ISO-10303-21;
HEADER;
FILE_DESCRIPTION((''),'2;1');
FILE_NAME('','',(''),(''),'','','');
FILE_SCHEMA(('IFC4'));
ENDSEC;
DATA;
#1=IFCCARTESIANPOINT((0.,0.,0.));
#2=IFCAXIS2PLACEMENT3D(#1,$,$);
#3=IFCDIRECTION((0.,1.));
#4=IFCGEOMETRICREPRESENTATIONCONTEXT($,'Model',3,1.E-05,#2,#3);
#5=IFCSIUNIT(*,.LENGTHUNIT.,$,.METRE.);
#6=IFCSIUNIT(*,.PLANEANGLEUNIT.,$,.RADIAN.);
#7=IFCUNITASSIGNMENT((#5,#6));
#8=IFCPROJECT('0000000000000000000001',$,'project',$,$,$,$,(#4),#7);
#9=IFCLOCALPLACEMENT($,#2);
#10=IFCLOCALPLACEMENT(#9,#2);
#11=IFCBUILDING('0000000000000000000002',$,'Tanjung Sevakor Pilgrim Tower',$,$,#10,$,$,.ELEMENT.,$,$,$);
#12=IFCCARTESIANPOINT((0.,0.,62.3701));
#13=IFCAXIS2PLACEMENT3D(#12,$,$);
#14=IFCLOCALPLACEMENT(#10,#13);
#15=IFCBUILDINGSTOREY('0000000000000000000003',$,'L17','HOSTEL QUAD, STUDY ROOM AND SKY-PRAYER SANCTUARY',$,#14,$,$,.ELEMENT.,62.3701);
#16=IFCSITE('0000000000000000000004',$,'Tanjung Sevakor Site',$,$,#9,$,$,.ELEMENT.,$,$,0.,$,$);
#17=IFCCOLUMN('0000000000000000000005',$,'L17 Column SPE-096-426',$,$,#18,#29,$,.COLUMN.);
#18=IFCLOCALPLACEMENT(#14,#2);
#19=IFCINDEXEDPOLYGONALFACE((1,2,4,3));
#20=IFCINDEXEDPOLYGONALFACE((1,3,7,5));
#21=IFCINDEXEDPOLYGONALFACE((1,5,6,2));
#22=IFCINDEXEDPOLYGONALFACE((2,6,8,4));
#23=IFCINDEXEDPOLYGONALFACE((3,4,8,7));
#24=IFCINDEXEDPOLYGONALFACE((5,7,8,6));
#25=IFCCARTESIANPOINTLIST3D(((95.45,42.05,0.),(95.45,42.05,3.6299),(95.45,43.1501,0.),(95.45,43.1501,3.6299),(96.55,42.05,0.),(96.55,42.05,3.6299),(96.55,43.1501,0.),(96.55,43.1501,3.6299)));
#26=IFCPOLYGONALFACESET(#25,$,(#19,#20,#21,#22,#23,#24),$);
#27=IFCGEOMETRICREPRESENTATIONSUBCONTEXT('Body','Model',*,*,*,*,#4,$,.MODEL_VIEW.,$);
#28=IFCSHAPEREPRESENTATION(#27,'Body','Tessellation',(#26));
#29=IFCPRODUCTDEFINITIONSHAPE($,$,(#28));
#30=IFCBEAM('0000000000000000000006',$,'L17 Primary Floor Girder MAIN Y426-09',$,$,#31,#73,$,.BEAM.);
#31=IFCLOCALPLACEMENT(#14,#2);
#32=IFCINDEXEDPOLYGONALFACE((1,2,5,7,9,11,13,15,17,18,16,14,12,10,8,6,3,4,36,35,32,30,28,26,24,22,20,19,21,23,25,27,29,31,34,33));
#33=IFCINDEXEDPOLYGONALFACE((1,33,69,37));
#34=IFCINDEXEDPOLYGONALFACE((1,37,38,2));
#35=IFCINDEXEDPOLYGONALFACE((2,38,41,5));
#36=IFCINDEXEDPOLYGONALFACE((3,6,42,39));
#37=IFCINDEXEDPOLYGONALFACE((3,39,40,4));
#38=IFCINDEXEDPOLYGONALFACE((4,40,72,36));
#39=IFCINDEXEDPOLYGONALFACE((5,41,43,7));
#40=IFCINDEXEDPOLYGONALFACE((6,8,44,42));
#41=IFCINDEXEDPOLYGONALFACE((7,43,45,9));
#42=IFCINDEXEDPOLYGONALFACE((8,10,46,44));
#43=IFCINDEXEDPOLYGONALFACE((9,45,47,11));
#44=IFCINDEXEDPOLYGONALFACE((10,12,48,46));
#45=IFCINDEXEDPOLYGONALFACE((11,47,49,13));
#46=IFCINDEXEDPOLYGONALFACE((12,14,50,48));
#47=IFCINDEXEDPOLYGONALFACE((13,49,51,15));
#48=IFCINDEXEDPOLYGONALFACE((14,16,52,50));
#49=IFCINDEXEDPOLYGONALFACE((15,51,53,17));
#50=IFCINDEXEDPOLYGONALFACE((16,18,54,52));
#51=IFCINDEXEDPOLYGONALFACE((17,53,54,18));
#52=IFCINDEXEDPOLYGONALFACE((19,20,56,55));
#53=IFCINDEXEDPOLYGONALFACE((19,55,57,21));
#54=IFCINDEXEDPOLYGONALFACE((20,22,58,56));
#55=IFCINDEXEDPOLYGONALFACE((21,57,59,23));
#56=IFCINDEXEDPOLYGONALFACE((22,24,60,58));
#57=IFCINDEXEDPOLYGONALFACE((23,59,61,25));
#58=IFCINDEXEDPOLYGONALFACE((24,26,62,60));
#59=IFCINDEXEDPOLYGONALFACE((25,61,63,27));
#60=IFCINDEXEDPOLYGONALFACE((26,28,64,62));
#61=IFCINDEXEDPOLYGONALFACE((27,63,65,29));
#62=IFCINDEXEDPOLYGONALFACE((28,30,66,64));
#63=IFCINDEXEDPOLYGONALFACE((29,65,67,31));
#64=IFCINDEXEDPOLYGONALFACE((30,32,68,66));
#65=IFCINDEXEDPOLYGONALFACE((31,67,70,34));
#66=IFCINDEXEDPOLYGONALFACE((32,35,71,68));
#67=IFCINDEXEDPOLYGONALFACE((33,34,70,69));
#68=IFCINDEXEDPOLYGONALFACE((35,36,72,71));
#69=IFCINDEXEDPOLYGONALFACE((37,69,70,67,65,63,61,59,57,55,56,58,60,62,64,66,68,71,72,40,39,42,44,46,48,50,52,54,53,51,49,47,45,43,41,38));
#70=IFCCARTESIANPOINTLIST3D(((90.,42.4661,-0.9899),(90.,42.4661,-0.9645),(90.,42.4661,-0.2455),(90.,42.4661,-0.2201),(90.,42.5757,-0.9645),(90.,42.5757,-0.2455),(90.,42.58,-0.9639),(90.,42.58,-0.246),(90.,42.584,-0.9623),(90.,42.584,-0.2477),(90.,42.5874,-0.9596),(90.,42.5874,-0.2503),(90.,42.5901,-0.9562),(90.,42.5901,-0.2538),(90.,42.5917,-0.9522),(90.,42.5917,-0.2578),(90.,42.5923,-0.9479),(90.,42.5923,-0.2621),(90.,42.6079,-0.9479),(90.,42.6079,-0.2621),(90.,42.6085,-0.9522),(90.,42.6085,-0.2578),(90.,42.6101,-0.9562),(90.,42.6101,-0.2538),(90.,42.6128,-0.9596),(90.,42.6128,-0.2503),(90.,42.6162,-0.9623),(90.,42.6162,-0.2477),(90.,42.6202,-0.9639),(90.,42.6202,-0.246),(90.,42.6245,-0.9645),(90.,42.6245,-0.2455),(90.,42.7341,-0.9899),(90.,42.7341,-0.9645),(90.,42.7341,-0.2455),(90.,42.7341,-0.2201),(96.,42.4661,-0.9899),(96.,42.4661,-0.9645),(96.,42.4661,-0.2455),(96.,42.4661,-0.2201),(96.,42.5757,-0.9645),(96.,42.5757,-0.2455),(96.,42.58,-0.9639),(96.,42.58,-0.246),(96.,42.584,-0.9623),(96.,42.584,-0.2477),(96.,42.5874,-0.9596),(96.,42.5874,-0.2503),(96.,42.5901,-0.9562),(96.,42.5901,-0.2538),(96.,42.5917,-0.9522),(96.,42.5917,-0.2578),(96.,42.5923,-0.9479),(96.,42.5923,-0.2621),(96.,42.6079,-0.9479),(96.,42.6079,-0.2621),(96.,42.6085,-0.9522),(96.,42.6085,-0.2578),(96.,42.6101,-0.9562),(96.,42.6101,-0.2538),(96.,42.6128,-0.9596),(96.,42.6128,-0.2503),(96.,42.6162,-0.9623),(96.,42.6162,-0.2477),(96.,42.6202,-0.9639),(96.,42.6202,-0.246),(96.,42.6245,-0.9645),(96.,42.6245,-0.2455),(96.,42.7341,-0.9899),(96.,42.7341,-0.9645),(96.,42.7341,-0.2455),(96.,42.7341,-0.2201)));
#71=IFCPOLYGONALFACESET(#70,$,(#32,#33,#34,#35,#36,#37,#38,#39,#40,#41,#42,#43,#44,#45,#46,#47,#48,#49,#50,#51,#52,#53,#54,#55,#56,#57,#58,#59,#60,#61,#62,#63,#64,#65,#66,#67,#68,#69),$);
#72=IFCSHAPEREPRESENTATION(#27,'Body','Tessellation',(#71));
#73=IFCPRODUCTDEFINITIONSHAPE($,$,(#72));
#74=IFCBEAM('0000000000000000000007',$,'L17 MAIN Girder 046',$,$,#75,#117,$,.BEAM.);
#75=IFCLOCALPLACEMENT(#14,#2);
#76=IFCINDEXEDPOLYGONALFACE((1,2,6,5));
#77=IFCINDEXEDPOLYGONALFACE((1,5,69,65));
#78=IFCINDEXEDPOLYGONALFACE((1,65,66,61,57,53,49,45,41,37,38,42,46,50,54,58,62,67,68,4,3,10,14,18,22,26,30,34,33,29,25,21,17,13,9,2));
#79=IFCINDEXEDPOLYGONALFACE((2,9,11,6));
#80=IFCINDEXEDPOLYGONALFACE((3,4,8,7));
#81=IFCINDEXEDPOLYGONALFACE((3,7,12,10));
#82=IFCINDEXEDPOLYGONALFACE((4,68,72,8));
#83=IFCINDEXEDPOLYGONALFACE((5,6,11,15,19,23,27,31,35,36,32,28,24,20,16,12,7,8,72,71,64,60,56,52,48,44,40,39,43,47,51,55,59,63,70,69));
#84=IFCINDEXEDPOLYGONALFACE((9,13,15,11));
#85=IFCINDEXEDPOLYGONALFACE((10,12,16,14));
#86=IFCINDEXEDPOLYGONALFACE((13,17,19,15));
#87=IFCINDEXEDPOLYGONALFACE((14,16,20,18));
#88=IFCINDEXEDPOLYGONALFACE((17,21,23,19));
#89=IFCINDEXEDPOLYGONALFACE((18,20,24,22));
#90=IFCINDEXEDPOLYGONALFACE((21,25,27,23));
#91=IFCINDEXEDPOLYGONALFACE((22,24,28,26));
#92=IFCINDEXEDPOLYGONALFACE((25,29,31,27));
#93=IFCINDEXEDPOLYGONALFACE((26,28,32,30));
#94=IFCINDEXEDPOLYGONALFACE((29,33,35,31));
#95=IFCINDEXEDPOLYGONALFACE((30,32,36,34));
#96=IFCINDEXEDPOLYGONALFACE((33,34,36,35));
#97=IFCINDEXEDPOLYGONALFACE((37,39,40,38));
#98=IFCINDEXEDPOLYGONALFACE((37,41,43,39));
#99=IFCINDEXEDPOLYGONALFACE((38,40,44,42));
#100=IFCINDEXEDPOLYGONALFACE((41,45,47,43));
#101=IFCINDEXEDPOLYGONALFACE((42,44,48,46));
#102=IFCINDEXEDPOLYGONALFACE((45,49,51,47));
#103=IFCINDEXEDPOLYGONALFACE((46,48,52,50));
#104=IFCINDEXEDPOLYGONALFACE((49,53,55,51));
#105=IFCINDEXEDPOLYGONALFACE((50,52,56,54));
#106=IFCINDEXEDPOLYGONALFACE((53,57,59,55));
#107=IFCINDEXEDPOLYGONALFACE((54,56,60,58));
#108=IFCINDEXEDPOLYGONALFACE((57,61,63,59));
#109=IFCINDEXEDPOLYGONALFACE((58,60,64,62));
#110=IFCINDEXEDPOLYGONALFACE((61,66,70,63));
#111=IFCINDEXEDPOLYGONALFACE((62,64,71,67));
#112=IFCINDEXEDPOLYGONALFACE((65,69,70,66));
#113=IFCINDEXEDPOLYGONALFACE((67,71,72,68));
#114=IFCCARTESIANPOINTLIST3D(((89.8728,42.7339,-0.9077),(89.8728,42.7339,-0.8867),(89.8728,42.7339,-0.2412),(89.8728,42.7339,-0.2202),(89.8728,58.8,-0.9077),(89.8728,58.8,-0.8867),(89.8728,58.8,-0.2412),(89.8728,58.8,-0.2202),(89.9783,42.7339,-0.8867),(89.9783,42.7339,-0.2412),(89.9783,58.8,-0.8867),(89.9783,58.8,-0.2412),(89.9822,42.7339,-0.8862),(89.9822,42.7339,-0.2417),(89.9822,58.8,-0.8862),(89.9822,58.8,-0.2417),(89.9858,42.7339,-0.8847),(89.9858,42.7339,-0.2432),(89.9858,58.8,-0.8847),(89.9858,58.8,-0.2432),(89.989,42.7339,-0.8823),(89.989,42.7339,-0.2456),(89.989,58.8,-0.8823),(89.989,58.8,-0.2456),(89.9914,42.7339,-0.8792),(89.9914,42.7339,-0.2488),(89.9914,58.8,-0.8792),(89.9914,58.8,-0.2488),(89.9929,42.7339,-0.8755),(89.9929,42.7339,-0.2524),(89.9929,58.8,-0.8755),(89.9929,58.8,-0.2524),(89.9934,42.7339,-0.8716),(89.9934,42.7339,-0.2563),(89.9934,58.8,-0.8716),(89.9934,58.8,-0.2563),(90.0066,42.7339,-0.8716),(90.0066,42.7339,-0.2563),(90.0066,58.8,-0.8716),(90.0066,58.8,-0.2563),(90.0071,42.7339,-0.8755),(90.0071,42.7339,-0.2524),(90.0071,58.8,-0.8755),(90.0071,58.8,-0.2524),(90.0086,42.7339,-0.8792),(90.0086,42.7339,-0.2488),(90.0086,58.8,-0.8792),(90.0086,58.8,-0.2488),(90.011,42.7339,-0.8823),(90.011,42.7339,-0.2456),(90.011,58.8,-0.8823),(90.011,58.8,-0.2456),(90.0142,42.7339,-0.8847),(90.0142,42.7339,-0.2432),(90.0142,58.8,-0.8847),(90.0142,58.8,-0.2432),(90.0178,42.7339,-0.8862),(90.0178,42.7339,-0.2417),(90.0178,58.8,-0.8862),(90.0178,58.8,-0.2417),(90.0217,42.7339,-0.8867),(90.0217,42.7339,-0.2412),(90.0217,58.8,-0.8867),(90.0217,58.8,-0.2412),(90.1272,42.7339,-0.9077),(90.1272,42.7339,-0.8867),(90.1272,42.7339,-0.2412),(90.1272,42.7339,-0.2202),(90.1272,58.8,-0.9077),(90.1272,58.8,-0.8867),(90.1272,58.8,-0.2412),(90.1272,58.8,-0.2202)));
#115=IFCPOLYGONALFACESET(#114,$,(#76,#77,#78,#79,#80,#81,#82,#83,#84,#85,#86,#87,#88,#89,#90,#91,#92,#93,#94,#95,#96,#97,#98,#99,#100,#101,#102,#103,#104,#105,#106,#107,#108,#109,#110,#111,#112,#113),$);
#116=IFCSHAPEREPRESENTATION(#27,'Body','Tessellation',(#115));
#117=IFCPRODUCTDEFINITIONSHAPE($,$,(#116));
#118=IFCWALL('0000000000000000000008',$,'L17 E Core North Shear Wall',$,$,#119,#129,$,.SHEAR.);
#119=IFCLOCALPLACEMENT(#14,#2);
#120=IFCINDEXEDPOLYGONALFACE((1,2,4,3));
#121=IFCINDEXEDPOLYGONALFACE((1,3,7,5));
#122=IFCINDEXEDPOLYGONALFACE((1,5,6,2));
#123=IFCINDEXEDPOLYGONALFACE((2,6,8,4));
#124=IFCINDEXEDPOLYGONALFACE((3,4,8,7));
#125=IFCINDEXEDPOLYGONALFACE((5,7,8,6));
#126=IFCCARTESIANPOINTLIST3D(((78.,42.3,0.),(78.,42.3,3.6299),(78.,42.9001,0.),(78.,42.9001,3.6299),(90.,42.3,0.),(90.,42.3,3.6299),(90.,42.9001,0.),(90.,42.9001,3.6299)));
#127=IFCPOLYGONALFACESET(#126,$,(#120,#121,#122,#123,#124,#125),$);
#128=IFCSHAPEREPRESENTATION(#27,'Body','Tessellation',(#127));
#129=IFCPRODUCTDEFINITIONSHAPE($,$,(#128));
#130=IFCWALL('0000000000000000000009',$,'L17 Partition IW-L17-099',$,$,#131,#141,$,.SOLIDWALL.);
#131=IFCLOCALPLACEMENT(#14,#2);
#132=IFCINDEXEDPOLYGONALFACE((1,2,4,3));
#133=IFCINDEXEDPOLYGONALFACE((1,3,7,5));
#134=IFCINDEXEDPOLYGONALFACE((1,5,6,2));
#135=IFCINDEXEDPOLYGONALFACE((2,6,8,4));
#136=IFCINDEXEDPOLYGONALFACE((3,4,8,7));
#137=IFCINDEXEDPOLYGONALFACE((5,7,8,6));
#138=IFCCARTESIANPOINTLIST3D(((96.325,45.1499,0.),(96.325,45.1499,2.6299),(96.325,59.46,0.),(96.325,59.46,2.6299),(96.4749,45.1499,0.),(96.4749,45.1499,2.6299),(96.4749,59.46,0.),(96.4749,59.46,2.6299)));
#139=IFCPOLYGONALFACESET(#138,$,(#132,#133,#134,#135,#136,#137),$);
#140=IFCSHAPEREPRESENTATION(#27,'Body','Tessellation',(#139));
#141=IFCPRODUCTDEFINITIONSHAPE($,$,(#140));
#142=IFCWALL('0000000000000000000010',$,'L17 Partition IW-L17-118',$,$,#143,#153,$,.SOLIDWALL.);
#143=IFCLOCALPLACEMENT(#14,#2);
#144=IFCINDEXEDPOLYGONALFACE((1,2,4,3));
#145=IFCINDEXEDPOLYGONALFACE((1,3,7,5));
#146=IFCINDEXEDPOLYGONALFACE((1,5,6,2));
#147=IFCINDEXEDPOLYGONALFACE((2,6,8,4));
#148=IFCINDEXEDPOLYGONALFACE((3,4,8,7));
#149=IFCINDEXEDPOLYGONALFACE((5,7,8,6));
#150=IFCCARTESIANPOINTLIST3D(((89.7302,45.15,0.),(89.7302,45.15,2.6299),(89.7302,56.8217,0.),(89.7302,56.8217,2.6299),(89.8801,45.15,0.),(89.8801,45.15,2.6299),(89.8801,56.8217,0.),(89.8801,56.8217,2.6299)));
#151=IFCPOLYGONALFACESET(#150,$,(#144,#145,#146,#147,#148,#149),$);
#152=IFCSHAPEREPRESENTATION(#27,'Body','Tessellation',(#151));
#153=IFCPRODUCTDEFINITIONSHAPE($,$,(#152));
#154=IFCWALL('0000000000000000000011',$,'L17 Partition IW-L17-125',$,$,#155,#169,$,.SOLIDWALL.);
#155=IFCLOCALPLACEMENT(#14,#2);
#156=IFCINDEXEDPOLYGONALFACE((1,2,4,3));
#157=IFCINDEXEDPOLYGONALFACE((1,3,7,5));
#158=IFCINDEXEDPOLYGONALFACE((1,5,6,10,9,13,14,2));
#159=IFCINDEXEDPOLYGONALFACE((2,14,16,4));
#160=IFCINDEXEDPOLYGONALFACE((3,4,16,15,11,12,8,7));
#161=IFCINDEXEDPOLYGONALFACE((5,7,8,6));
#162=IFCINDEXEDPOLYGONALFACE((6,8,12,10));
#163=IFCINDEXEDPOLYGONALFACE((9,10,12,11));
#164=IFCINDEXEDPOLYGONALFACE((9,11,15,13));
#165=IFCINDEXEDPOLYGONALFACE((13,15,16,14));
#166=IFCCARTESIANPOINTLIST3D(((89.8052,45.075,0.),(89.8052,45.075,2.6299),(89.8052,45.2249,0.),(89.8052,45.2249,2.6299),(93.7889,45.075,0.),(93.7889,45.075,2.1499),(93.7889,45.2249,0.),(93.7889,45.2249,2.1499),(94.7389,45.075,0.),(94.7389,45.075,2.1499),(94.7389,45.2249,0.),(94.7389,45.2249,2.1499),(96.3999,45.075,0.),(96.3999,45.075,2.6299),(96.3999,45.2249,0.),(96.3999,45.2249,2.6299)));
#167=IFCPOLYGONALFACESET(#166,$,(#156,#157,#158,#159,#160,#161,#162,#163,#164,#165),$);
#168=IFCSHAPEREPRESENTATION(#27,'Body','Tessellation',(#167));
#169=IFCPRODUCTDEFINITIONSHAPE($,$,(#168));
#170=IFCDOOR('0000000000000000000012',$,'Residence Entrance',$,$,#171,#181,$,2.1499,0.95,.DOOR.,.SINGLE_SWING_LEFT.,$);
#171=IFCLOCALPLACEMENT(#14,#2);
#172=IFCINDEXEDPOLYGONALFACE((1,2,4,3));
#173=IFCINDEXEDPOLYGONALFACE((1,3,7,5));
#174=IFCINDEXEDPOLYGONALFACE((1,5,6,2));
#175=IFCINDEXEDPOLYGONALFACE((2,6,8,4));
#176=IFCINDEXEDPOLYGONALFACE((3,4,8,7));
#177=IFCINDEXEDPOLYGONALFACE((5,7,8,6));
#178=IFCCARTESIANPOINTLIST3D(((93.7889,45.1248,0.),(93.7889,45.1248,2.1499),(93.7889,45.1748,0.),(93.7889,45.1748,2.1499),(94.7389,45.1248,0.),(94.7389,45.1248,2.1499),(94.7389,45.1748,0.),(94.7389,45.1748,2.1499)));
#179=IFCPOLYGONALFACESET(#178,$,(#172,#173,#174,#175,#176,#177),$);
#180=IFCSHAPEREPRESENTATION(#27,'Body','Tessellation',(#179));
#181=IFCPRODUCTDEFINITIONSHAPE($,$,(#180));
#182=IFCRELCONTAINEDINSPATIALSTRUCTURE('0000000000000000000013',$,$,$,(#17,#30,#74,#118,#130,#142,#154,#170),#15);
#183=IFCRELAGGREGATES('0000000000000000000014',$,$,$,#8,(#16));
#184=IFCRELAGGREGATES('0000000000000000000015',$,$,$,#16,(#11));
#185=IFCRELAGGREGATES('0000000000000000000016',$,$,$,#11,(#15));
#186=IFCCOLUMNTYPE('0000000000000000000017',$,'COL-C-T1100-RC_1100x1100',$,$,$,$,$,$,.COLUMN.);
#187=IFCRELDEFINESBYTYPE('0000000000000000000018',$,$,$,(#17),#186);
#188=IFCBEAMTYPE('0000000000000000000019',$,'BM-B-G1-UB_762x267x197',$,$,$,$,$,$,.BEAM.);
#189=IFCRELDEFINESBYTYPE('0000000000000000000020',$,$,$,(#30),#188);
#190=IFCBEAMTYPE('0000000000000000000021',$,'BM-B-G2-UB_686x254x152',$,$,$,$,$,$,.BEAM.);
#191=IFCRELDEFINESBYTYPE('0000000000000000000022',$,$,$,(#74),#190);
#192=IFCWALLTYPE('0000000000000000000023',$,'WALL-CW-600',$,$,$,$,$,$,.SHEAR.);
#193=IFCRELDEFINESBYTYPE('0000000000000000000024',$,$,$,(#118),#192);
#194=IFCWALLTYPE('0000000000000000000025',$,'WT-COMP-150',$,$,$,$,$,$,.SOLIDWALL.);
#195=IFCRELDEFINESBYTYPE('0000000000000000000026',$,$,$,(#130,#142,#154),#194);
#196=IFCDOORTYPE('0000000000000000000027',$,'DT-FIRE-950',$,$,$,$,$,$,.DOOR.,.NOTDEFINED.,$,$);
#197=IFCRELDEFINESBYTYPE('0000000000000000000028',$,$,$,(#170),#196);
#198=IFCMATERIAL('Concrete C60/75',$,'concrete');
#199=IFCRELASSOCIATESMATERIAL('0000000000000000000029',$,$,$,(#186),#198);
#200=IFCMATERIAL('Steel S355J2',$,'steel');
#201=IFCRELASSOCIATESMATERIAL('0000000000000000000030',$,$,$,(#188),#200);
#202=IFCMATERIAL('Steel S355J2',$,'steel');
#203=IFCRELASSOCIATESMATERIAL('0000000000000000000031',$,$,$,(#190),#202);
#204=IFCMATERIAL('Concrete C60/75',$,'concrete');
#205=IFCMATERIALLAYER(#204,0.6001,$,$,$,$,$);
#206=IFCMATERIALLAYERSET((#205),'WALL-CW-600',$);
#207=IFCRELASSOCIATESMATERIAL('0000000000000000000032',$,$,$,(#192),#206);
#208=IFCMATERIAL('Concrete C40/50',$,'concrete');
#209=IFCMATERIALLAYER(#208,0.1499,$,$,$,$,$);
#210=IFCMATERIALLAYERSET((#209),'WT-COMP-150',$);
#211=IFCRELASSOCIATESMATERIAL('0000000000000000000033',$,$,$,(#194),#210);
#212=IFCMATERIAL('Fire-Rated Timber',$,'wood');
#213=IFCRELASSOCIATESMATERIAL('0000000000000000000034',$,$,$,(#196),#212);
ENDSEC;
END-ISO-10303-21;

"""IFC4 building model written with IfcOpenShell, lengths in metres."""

from ifc_helpers import new_model, si_unit, direction, frame, frame_2d, origin, origin_2d, place, context, subcontext, project, spatial, rectangle, i_section, extrude, material, layer, layer_set, material_profile, profile_set, type_object, element, fill, save


model = new_model("IFC4")

# Units and contexts
model_context = context("Model", 3, precision=1e-05, world=origin(), true_north=direction((0.0, 1.0)))
body_context = subcontext(model_context, "Body", "Model", "MODEL_VIEW")
ifc_project = project(units=[si_unit("LENGTHUNIT", "METRE"), si_unit("PLANEANGLEUNIT", "RADIAN")], contexts=[model_context])

# Site, building, storey
site_placement = place(None, origin())
site = spatial("IfcSite", under=ifc_project, at=site_placement, Name="Tanjung Sevakor Site", CompositionType="ELEMENT", RefElevation=0.0)
building_placement = place(site_placement, origin())
building = spatial("IfcBuilding", under=site, at=building_placement, Name="Tanjung Sevakor Pilgrim Tower", CompositionType="ELEMENT")
storey_placement = place(building_placement, frame((0.0, 0.0, 62.3701)))
storey = spatial("IfcBuildingStorey", under=building, at=storey_placement, Name="L17", Description="HOSTEL QUAD, STUDY ROOM AND SKY-PRAYER SANCTUARY", CompositionType="ELEMENT", Elevation=62.3701)

# Column
ifc_material_1 = material(Name="Concrete C60/75", Category="concrete")
ifc_material_profile_1 = material_profile(ifc_material_1, rectangle(XDim=1.1001, YDim=1.1001, at=origin_2d()))
ifc_profile_set_1 = profile_set([ifc_material_profile_1], Name="Concrete C60/75")
column_type = type_object("IfcColumnType", Name="COL-C-T1100-RC_1100x1100", PredefinedType="COLUMN", material=ifc_profile_set_1)
column_placement = place(storey_placement, frame((96.0, 42.6001, 0.0), z_axis=(0.0, 0.0, 1.0), x_axis=(1.0, 0.0, 0.0)))
element("IfcColumn", 1, at=column_placement, inside=storey, type_object=column_type, Name="L17 Column SPE-096-426", PredefinedType="COLUMN", context=body_context, shape_type="SweptSolid", body=[
    extrude(rectangle(XDim=1.1001, YDim=1.1001, at=origin_2d()), origin(), (0.0, 0.0, 1.0), 3.6299),
])

# Beams
ifc_material_2 = material(Name="Steel S355J2", Category="steel")
ifc_material_profile_2 = material_profile(ifc_material_2, i_section(OverallWidth=0.2681, OverallDepth=0.7698, WebThickness=0.0156, FlangeThickness=0.0254, FilletRadius=0.0166, at=origin_2d()))
ifc_profile_set_2 = profile_set([ifc_material_profile_2], Name="Steel S355J2")
beam_type_1 = type_object("IfcBeamType", Name="BM-B-G1-UB_762x267x197", PredefinedType="BEAM", material=ifc_profile_set_2)
beam_1_placement = place(storey_placement, frame((90.0, 42.6001, -0.605), z_axis=(1.0, 0.0, 0.0), x_axis=(0.0, 1.0, 0.0)))
element("IfcBeam", 2, at=beam_1_placement, inside=storey, type_object=beam_type_1, Name="L17 Primary Floor Girder MAIN Y426-09", PredefinedType="BEAM", context=body_context, shape_type="SweptSolid", body=[
    extrude(i_section(OverallWidth=0.2681, OverallDepth=0.7698, WebThickness=0.0156, FlangeThickness=0.0254, FilletRadius=0.0166, at=origin_2d()), origin(), (0.0, 0.0, 1.0), 6.0),
])
ifc_material_3 = material(Name="Steel S355J2", Category="steel")
ifc_material_profile_3 = material_profile(ifc_material_3, i_section(OverallWidth=0.2544, OverallDepth=0.6875, WebThickness=0.0132, FlangeThickness=0.021, FilletRadius=0.0151, at=origin_2d()))
ifc_profile_set_3 = profile_set([ifc_material_profile_3], Name="Steel S355J2")
beam_type_2 = type_object("IfcBeamType", Name="BM-B-G2-UB_686x254x152", PredefinedType="BEAM", material=ifc_profile_set_3)
beam_2_placement = place(storey_placement, frame((90.0, 42.7339, -0.564), z_axis=(0.0, 1.0, 0.0), x_axis=(-1.0, 0.0, 0.0)))
element("IfcBeam", 3, at=beam_2_placement, inside=storey, type_object=beam_type_2, Name="L17 MAIN Girder 046", PredefinedType="BEAM", context=body_context, shape_type="SweptSolid", body=[
    extrude(i_section(OverallWidth=0.2544, OverallDepth=0.6875, WebThickness=0.0132, FlangeThickness=0.021, FilletRadius=0.0151, at=origin_2d()), origin(), (0.0, 0.0, 1.0), 16.0662),
])

# Walls
ifc_material_4 = material(Name="Concrete C60/75", Category="concrete")
ifc_layer_1 = layer(ifc_material_4, 0.6001)
ifc_layer_set_1 = layer_set([ifc_layer_1], Name="WALL-CW-600")
wall_type_1 = type_object("IfcWallType", Name="WALL-CW-600", PredefinedType="SHEAR", material=ifc_layer_set_1)
wall_1_placement = place(storey_placement, frame((90.0, 42.6001, 0.0), z_axis=(0.0, 0.0, 1.0), x_axis=(-1.0, 0.0, 0.0)))
element("IfcWall", 4, at=wall_1_placement, inside=storey, type_object=wall_type_1, Name="L17 E Core North Shear Wall", PredefinedType="SHEAR", context=body_context, shape_type="SweptSolid", body=[
    extrude(rectangle(XDim=12.0, YDim=0.6001, at=frame_2d((6.0, 0.0))), origin(), (0.0, 0.0, 1.0), 3.6299),
])
ifc_material_5 = material(Name="Concrete C40/50", Category="concrete")
ifc_layer_2 = layer(ifc_material_5, 0.1499)
ifc_layer_set_2 = layer_set([ifc_layer_2], Name="WT-COMP-150")
wall_type_2 = type_object("IfcWallType", Name="WT-COMP-150", PredefinedType="SOLIDWALL", material=ifc_layer_set_2)
wall_2_placement = place(storey_placement, frame((96.3999, 45.1499, 0.0), z_axis=(0.0, 0.0, 1.0), x_axis=(0.0, 1.0, 0.0)))
element("IfcWall", 5, at=wall_2_placement, inside=storey, type_object=wall_type_2, Name="L17 Partition IW-L17-099", PredefinedType="SOLIDWALL", context=body_context, shape_type="SweptSolid", body=[
    extrude(rectangle(XDim=14.3101, YDim=0.1499, at=frame_2d((7.155, 0.0))), origin(), (0.0, 0.0, 1.0), 2.6299),
])
wall_3_placement = place(storey_placement, frame((89.8052, 45.1499, 0.0), z_axis=(0.0, 0.0, 1.0), x_axis=(0.0, 1.0, 0.0)))
element("IfcWall", 6, at=wall_3_placement, inside=storey, type_object=wall_type_2, Name="L17 Partition IW-L17-118", PredefinedType="SOLIDWALL", context=body_context, shape_type="SweptSolid", body=[
    extrude(rectangle(XDim=11.6716, YDim=0.1499, at=frame_2d((5.8359, 0.0))), origin(), (0.0, 0.0, 1.0), 2.6299),
])

# Wall, opening, door
wall_4_placement = place(storey_placement, frame((89.8052, 45.1499, 0.0), z_axis=(0.0, 0.0, 1.0), x_axis=(1.0, 0.0, 0.0)))
wall_4 = element("IfcWall", 7, at=wall_4_placement, inside=storey, type_object=wall_type_2, Name="L17 Partition IW-L17-125", PredefinedType="SOLIDWALL", context=body_context, shape_type="SweptSolid", body=[
    extrude(rectangle(XDim=6.5947, YDim=0.1499, at=frame_2d((3.2974, 0.0))), origin(), (0.0, 0.0, 1.0), 2.6299),
])
opening_1_placement = place(wall_4_placement, frame((3.9836, 0.0, 0.0)))
opening_1 = element("IfcOpeningElement", 8, at=opening_1_placement, cuts=wall_4, PredefinedType="OPENING", context=body_context, shape_type="SweptSolid", body=[
    extrude(rectangle(XDim=0.95, YDim=2.1499, at=frame_2d((0.4751, 1.075))), frame((0.0, 0.085, 0.0), z_axis=(0.0, -1.0, 0.0), x_axis=(1.0, 0.0, 0.0)), (0.0, 0.0, 1.0), 0.1699),
])
ifc_material_6 = material(Name="Fire-Rated Timber", Category="wood")
door_type_1 = type_object("IfcDoorType", Name="DT-FIRE-950", OperationType="NOTDEFINED", PredefinedType="DOOR", material=ifc_material_6)
door_1_placement = place(opening_1_placement, origin())
door_1 = element("IfcDoor", 9, at=door_1_placement, inside=storey, type_object=door_type_1, Name="Residence Entrance", OperationType="SINGLE_SWING_LEFT", OverallHeight=2.1499, OverallWidth=0.95, PredefinedType="DOOR", context=body_context, shape_type="SweptSolid", body=[
    extrude(rectangle(XDim=0.95, YDim=2.1499, at=frame_2d((0.4751, 1.075))), frame((0.0, 0.0249, 0.0), z_axis=(0.0, -1.0, 0.0), x_axis=(1.0, 0.0, 0.0)), (0.0, 0.0, 1.0), 0.05),
])
fill(opening_1, door_1)

save(model, "model.ifc")
